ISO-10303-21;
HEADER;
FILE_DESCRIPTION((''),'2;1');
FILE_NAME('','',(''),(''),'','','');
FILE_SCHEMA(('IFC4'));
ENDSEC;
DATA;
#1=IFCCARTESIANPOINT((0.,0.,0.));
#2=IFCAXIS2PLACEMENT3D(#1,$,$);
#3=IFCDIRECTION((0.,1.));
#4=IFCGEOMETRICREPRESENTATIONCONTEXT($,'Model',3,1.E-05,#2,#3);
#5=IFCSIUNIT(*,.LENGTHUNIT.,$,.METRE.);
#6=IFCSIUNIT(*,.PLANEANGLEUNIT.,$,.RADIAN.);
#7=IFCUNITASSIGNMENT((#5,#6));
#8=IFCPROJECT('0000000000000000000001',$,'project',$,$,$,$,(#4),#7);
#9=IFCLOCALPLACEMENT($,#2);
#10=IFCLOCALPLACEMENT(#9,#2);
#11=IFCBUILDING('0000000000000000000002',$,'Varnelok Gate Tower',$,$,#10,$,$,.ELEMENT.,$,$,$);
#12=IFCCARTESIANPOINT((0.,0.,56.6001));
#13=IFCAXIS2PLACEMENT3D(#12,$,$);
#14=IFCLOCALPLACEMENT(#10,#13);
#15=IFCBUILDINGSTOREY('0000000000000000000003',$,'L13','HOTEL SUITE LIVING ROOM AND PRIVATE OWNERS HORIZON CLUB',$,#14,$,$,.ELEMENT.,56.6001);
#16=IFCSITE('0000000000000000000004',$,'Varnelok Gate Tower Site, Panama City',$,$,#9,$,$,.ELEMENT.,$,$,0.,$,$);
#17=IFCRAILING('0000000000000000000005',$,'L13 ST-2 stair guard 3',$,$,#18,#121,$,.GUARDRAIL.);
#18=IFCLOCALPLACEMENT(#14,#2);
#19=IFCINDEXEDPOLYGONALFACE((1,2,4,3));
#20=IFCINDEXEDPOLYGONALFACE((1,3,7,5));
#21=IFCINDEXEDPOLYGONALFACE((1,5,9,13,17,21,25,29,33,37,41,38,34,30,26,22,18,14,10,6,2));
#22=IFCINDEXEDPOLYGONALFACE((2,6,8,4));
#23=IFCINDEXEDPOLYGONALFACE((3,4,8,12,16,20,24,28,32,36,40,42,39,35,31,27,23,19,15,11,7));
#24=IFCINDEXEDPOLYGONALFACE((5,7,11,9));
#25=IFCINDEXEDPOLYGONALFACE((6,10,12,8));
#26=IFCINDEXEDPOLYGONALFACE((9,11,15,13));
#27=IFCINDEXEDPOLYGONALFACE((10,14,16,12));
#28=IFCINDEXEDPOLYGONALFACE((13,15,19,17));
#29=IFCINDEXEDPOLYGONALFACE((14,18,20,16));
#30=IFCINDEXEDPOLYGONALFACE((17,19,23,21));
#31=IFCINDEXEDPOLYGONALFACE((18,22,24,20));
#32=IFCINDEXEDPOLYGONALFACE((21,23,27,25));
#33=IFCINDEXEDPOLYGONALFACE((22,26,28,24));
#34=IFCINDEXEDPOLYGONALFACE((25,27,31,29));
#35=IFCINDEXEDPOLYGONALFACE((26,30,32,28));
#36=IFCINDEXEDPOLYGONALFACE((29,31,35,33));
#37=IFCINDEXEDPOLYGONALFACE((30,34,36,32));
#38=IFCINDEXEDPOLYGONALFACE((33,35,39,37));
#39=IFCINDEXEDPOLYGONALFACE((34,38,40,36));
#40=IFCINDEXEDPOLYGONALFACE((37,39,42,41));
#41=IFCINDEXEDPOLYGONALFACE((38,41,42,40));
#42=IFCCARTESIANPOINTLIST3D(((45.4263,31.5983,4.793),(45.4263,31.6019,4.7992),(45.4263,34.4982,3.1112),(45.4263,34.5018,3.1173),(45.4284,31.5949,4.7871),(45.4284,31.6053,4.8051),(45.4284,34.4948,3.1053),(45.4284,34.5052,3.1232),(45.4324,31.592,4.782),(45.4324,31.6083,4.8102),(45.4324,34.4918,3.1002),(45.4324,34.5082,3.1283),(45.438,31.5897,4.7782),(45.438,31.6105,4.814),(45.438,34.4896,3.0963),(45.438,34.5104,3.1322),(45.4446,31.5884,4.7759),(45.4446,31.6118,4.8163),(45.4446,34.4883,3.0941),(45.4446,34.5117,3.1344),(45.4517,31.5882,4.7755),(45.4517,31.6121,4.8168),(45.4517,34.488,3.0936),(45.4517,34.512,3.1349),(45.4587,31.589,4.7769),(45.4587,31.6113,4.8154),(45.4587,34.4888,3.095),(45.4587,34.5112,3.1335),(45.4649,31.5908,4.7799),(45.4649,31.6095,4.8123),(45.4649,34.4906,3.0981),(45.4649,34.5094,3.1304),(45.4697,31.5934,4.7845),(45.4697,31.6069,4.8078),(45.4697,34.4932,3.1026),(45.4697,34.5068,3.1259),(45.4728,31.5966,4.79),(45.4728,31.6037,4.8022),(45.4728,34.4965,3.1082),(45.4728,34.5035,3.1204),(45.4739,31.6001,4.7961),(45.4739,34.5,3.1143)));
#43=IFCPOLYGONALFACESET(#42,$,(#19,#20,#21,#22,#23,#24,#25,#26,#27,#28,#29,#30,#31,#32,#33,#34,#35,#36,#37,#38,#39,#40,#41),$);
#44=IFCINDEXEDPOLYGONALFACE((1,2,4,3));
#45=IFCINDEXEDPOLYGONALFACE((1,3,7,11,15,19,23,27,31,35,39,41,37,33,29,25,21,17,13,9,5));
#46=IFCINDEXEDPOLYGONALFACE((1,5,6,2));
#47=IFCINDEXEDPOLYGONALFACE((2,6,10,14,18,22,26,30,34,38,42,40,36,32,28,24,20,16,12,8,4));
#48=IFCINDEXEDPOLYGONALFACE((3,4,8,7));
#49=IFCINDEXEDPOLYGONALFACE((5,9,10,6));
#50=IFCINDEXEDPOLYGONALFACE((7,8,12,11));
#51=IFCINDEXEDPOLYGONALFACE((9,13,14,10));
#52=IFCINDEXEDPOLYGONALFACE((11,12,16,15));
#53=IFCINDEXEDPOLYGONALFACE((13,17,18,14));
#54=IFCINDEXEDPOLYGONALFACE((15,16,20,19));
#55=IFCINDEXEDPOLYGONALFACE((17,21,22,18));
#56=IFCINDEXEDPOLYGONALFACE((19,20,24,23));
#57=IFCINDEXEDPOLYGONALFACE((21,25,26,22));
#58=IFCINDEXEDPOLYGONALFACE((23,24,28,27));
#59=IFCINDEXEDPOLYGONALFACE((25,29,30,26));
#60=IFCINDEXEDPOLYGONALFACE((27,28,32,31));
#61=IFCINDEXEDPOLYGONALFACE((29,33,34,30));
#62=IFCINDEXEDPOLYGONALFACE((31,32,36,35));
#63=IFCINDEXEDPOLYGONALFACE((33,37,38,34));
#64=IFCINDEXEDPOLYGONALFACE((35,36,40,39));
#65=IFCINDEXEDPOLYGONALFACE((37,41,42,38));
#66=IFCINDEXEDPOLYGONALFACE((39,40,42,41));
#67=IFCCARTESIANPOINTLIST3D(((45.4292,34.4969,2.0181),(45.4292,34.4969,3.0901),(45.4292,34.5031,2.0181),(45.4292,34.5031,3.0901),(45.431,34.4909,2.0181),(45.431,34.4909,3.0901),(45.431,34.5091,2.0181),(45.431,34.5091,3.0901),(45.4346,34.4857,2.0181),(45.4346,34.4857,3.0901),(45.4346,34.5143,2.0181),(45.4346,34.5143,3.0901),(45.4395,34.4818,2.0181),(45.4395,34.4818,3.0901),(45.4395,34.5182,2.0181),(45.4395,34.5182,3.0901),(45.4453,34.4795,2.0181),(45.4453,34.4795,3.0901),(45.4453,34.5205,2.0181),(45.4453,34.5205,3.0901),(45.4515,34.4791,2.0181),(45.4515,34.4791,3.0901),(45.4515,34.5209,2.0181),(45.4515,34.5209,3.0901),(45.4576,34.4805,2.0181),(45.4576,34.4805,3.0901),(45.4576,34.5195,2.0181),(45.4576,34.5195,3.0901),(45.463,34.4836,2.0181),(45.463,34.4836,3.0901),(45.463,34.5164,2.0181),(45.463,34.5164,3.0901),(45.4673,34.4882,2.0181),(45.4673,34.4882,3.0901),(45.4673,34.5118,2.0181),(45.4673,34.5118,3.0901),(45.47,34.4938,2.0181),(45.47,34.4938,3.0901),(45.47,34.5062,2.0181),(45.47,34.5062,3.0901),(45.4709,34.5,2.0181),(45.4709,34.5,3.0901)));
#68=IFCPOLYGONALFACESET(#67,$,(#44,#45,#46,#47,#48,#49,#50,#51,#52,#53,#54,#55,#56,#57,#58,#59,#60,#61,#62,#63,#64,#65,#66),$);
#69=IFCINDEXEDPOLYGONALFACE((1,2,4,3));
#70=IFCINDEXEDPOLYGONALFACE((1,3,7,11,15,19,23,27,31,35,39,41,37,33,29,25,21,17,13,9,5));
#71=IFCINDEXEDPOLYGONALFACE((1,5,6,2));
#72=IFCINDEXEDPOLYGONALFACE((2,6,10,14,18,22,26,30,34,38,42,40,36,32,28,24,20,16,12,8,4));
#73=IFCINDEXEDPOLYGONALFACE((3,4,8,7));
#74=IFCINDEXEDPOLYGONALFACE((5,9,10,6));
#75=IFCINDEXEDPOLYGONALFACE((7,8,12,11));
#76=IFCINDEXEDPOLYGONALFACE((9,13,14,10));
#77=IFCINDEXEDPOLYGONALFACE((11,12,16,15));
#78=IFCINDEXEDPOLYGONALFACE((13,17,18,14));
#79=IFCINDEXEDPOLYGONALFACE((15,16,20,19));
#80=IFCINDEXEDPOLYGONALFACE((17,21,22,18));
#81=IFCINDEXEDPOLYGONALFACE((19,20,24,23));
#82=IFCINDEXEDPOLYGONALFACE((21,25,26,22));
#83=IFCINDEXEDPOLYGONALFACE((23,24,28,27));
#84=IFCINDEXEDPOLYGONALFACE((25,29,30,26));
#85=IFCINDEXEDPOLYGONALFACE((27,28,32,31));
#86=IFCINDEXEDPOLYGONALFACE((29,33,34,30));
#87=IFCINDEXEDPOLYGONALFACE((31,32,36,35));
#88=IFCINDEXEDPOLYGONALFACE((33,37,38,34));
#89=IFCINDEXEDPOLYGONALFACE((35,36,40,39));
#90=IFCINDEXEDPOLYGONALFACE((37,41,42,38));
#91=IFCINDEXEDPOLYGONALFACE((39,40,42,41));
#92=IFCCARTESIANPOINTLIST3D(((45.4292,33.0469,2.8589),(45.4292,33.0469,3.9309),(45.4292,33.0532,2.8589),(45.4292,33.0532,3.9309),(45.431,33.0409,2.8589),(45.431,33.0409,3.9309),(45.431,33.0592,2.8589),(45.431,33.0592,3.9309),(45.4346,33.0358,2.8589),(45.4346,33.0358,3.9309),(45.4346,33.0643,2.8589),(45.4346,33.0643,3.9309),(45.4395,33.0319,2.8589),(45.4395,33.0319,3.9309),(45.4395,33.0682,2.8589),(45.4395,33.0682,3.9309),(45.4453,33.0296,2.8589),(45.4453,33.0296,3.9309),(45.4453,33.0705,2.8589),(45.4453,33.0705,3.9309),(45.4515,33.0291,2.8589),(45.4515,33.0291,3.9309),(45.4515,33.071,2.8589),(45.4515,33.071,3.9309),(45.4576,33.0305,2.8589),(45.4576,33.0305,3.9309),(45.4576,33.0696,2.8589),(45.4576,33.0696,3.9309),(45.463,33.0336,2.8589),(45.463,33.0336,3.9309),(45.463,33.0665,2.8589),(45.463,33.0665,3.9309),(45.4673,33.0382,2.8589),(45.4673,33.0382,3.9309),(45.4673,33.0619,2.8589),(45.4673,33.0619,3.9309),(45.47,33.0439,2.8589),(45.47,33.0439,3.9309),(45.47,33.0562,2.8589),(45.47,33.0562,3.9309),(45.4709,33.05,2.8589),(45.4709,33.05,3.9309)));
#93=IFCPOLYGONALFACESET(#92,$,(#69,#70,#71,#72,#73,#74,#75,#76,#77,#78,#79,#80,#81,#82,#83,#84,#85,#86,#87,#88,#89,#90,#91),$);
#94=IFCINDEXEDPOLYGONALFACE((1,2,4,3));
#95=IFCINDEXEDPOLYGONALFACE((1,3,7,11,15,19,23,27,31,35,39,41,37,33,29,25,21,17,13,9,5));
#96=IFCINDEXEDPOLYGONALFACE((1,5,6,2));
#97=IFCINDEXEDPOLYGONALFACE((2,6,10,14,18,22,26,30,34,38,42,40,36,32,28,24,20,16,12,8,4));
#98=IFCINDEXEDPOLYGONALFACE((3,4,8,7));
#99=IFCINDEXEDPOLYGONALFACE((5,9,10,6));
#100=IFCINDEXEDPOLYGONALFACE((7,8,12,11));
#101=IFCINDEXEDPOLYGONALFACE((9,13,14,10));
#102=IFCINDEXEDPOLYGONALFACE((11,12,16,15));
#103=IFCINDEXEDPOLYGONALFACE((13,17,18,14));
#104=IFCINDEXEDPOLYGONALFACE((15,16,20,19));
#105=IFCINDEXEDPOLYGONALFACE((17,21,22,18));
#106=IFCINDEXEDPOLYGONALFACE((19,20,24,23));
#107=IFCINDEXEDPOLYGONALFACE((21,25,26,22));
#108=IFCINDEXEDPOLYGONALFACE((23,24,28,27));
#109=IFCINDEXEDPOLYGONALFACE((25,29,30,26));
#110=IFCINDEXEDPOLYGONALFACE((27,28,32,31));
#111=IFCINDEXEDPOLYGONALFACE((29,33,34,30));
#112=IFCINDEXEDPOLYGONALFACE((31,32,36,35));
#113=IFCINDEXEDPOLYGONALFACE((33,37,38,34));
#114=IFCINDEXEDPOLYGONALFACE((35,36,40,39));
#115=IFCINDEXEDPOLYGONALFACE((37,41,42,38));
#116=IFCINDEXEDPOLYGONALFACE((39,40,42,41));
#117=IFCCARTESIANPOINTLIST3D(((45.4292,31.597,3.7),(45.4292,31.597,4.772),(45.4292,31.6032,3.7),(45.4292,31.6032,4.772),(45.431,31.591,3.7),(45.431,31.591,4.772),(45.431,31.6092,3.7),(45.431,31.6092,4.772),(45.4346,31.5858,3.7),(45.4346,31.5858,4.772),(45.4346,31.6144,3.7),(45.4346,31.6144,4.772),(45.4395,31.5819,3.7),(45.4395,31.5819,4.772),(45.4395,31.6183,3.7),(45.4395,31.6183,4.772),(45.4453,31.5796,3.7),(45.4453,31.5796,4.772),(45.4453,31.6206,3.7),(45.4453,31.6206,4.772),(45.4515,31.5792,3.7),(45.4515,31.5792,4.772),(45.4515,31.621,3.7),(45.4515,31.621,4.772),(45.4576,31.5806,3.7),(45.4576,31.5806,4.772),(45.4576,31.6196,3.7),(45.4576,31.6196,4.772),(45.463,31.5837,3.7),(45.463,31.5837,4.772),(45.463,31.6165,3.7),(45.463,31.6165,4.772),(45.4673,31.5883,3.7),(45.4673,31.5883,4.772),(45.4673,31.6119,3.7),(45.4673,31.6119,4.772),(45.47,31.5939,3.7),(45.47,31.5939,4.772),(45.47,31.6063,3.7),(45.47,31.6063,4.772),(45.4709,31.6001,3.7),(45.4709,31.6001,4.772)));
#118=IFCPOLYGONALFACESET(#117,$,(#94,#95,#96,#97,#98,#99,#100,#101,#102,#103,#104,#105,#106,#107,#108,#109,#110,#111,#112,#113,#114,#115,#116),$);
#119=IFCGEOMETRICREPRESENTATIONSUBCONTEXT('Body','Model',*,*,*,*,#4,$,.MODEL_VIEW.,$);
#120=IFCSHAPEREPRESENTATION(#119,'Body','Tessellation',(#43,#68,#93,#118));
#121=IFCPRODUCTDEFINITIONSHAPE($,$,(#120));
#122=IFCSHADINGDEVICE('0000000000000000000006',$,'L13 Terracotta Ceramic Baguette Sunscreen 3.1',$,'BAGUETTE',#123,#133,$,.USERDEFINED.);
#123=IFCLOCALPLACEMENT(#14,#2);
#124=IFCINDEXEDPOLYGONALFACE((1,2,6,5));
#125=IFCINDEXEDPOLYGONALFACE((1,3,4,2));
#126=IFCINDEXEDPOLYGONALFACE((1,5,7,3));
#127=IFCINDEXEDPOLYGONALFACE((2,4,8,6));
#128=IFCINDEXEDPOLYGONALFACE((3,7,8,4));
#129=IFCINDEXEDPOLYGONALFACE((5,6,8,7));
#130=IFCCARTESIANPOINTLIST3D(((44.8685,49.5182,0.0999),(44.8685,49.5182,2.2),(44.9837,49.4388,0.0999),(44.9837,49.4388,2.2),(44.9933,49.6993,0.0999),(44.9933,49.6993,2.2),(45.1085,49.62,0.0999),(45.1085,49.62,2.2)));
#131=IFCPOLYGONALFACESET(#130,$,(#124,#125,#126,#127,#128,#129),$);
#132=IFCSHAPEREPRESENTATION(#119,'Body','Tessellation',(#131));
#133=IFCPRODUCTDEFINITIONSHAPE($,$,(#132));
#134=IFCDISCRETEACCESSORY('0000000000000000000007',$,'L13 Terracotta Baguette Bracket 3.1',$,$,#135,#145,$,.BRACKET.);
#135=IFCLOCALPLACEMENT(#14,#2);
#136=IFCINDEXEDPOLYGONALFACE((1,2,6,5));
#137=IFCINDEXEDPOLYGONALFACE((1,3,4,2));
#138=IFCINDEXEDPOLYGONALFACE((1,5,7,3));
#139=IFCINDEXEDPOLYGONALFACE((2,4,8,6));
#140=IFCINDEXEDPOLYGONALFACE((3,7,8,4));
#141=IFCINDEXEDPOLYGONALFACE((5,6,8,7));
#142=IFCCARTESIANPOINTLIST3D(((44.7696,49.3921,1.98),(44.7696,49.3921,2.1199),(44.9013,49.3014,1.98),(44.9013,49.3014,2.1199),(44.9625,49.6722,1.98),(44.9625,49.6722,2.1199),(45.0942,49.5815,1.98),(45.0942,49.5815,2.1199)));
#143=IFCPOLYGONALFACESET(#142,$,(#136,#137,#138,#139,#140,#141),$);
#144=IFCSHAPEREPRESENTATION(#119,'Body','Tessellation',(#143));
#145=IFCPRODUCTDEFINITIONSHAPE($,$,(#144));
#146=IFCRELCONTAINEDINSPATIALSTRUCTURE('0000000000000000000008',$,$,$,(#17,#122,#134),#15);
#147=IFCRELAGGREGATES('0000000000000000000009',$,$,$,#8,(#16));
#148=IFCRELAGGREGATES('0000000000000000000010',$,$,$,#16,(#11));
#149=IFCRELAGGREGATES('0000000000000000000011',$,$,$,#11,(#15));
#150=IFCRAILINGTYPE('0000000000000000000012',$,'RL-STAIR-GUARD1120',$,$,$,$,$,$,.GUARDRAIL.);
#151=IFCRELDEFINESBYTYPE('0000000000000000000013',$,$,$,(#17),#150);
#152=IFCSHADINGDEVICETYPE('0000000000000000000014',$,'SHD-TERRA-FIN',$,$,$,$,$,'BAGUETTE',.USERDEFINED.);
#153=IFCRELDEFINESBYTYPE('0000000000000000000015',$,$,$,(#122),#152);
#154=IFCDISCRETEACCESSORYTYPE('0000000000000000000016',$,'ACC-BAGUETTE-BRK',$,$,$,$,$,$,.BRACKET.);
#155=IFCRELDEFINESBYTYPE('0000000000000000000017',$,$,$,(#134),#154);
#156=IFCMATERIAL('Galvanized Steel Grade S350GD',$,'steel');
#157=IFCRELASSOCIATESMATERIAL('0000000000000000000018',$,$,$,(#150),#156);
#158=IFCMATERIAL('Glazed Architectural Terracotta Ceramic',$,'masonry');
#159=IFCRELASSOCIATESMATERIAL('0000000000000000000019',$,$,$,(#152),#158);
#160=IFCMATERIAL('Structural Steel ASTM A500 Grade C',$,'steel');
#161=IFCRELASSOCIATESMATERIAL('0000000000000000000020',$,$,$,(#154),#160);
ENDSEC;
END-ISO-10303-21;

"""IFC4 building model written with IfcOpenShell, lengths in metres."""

from ifc_helpers import new_model, si_unit, direction, frame, origin, origin_2d, place, context, subcontext, project, spatial, rectangle, circle, extrude, source, transform, mapped, material, type_object, element, save


model = new_model("IFC4")

# Units and contexts
model_context = context("Model", 3, precision=1e-05, world=origin(), true_north=direction((0.0, 1.0)))
body_context = subcontext(model_context, "Body", "Model", "MODEL_VIEW")
ifc_project = project(units=[si_unit("LENGTHUNIT", "METRE"), si_unit("PLANEANGLEUNIT", "RADIAN")], contexts=[model_context])

# Site, building, storey
site_placement = place(None, origin())
site = spatial("IfcSite", under=ifc_project, at=site_placement, Name="Varnelok Gate Tower Site, Panama City", CompositionType="ELEMENT", RefElevation=0.0)
building_placement = place(site_placement, origin())
building = spatial("IfcBuilding", under=site, at=building_placement, Name="Varnelok Gate Tower", CompositionType="ELEMENT")
storey_placement = place(building_placement, frame((0.0, 0.0, 56.6001)))
storey = spatial("IfcBuildingStorey", under=building, at=storey_placement, Name="L13", Description="HOTEL SUITE LIVING ROOM AND PRIVATE OWNERS HORIZON CLUB", CompositionType="ELEMENT", Elevation=56.6001)

# Shared definitions
ifc_material_1 = material(Name="Galvanized Steel Grade S350GD", Category="steel")

# Railing
railing_type_1 = type_object("IfcRailingType", Name="RL-STAIR-GUARD1120", PredefinedType="GUARDRAIL", material=ifc_material_1)
railing_1_placement = place(storey_placement, frame((45.45, 34.5, 2.0181)))
element("IfcRailing", 1, at=railing_1_placement, inside=storey, type_object=railing_type_1, Name="L13 ST-2 stair guard 3", PredefinedType="GUARDRAIL", context=body_context, shape_type="SweptSolid", body=[
    extrude(circle(Radius=0.0239, at=origin_2d()), frame((0.0, 0.0, 1.0962), z_axis=(0.0, -0.865039, 0.501705), x_axis=(1.0, 0.0, 0.0)), (0.0, 0.0, 1.0), 3.3523),
    extrude(circle(Radius=0.021, at=origin_2d()), origin(), (0.0, 0.0, 1.0), 1.072),
    extrude(circle(Radius=0.021, at=origin_2d()), frame((0.0, -1.45, 0.8408)), (0.0, 0.0, 1.0), 1.072),
    extrude(circle(Radius=0.021, at=origin_2d()), frame((0.0, -2.8999, 1.6819)), (0.0, 0.0, 1.0), 1.072),
])

# Shading device
ifc_material_2 = material(Name="Glazed Architectural Terracotta Ceramic", Category="masonry")
shading_device_type = type_object("IfcShadingDeviceType", Name="SHD-TERRA-FIN", ElementType="BAGUETTE", PredefinedType="USERDEFINED", material=ifc_material_2)
shared_shape_1 = source(origin(), body_context, "Body", "SweptSolid", [
    extrude(rectangle(XDim=0.1399, YDim=0.22, at=origin_2d()), origin(), (0.0, 0.0, 1.0), 2.1001),
])
shading_device_placement = place(storey_placement, frame((44.9885, 49.5691, 0.0999), z_axis=(0.0, 0.0, 1.0), x_axis=(0.823533, -0.567269, 0.0)))
element("IfcShadingDevice", 2, at=shading_device_placement, inside=storey, type_object=shading_device_type, Name="L13 Terracotta Ceramic Baguette Sunscreen 3.1", ObjectType="BAGUETTE", PredefinedType="USERDEFINED", context=body_context, shape_type="MappedRepresentation", body=[
    mapped(shared_shape_1, transform((0.0, 0.0, 0.0), scale=1.0)),
])

# Discrete accessory
ifc_material_3 = material(Name="Structural Steel ASTM A500 Grade C", Category="steel")
discrete_accessory_type = type_object("IfcDiscreteAccessoryType", Name="ACC-BAGUETTE-BRK", PredefinedType="BRACKET", material=ifc_material_3)
shared_shape_2 = source(origin(), body_context, "Body", "SweptSolid", [
    extrude(rectangle(XDim=0.1599, YDim=0.3401, at=origin_2d()), origin(), (0.0, 0.0, 1.0), 0.1399),
])
discrete_accessory_placement = place(storey_placement, frame((44.9319, 49.4868, 1.98), z_axis=(0.0, 0.0, 1.0), x_axis=(0.823533, -0.567269, 0.0)))
element("IfcDiscreteAccessory", 3, at=discrete_accessory_placement, inside=storey, type_object=discrete_accessory_type, Name="L13 Terracotta Baguette Bracket 3.1", PredefinedType="BRACKET", context=body_context, shape_type="MappedRepresentation", body=[
    mapped(shared_shape_2, transform((0.0, 0.0, 0.0), scale=1.0)),
])

save(model, "model.ifc")
